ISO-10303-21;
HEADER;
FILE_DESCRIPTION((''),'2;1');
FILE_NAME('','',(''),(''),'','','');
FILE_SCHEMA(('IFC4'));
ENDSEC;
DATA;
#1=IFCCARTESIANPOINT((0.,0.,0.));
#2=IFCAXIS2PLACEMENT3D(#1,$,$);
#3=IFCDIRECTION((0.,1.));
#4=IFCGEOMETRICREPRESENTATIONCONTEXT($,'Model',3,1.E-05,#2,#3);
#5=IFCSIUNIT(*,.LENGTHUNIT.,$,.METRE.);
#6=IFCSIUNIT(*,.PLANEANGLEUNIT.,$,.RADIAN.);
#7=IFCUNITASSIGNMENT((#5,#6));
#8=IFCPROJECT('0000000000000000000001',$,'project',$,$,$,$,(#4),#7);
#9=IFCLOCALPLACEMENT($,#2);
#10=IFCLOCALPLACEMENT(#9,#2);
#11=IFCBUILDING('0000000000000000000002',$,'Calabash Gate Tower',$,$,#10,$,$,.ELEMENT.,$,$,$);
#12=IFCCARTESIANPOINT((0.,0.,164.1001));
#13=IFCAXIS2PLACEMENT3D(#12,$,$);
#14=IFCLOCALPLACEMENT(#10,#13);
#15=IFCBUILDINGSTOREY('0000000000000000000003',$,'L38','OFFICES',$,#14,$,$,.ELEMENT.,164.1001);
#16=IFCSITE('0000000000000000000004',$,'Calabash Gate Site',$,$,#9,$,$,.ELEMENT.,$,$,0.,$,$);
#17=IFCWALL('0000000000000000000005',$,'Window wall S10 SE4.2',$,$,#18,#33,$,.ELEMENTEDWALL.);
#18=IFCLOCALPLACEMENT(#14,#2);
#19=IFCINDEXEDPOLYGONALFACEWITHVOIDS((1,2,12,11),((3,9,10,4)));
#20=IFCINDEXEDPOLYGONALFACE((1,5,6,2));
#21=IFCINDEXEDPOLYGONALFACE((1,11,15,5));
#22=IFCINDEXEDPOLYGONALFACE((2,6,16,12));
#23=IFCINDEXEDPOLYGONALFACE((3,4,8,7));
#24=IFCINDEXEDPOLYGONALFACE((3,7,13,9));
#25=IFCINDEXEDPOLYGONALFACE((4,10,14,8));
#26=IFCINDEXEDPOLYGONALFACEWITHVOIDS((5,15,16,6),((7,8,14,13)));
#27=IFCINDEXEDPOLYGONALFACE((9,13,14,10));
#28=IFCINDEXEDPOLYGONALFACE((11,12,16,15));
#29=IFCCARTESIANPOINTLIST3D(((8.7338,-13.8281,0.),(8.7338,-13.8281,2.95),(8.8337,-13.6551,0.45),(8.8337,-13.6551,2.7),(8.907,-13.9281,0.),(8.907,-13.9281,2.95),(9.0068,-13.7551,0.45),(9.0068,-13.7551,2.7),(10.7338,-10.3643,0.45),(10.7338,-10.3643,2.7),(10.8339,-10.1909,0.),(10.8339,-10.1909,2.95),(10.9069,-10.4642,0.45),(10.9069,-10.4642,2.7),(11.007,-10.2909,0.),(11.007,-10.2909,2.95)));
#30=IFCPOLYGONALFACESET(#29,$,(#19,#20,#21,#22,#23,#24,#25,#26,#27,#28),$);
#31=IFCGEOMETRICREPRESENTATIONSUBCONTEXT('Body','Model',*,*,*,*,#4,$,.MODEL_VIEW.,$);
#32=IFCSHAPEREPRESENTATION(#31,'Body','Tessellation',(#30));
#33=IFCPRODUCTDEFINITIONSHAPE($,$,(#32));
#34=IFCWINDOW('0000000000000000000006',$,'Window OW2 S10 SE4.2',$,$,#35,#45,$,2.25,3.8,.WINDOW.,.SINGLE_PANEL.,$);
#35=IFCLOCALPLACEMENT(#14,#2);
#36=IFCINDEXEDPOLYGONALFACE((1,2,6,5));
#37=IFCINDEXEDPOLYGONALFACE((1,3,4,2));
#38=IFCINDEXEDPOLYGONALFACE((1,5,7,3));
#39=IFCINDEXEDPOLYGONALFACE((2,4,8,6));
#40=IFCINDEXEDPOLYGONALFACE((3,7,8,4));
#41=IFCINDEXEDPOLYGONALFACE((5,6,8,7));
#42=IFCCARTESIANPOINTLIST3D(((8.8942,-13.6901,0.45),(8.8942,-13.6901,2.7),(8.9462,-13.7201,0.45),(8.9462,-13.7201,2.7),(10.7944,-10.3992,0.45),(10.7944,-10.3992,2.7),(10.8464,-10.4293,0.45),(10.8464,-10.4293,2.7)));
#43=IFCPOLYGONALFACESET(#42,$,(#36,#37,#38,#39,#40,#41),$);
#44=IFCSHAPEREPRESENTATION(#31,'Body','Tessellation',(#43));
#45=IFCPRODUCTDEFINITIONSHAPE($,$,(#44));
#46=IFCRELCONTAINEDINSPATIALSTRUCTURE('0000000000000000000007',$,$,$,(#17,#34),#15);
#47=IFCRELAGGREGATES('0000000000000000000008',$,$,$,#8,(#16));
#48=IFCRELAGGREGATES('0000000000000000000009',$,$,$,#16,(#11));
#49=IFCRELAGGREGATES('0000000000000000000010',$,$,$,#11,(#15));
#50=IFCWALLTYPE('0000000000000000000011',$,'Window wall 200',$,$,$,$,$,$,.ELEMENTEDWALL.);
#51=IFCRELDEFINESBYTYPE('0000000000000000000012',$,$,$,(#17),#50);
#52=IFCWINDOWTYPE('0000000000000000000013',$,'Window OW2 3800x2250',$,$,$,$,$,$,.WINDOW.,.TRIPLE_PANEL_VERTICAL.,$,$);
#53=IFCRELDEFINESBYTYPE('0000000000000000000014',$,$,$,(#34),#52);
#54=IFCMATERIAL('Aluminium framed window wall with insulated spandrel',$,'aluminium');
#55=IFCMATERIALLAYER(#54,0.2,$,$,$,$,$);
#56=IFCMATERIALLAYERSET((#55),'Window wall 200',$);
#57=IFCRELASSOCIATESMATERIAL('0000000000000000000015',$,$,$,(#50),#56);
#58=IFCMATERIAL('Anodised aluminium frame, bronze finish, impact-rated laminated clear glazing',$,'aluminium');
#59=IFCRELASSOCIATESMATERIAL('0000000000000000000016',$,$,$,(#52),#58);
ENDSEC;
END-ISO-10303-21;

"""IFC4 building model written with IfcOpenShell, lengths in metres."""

from ifc_helpers import new_model, si_unit, direction, frame, frame_2d, origin, place, context, subcontext, project, spatial, rectangle, extrude, material, layer, layer_set, type_object, element, fill, save


model = new_model("IFC4")

# Units and contexts
model_context = context("Model", 3, precision=1e-05, world=origin(), true_north=direction((0.0, 1.0)))
body_context = subcontext(model_context, "Body", "Model", "MODEL_VIEW")
ifc_project = project(units=[si_unit("LENGTHUNIT", "METRE"), si_unit("PLANEANGLEUNIT", "RADIAN")], contexts=[model_context])

# Site, building, storey
site_placement = place(None, origin())
site = spatial("IfcSite", under=ifc_project, at=site_placement, Name="Calabash Gate Site", CompositionType="ELEMENT", RefElevation=0.0)
building_placement = place(site_placement, origin())
building = spatial("IfcBuilding", under=site, at=building_placement, Name="Calabash Gate Tower", CompositionType="ELEMENT")
storey_placement = place(building_placement, frame((0.0, 0.0, 164.1001)))
storey = spatial("IfcBuildingStorey", under=building, at=storey_placement, Name="L38", Description="OFFICES", CompositionType="ELEMENT", Elevation=164.1001)

# Shared definitions
ifc_material_1 = material(Name="Aluminium framed window wall with insulated spandrel", Category="aluminium")
ifc_layer_1 = layer(ifc_material_1, 0.2)
ifc_layer_set_1 = layer_set([ifc_layer_1], Name="Window wall 200")
wall_type_1 = type_object("IfcWallType", Name="Window wall 200", PredefinedType="ELEMENTEDWALL", material=ifc_layer_set_1)

# Wall, opening, window
wall_1_placement = place(storey_placement, frame((8.8203, -13.8782, 0.0), z_axis=(0.0, 0.0, 1.0), x_axis=(0.500028, 0.866009, 0.0)))
wall_1 = element("IfcWall", 1, at=wall_1_placement, inside=storey, type_object=wall_type_1, Name="Window wall S10 SE4.2", PredefinedType="ELEMENTEDWALL", context=body_context, shape_type="SweptSolid", body=[
    extrude(rectangle(XDim=4.2, YDim=0.2, at=frame_2d((2.1001, 0.0))), origin(), (0.0, 0.0, 1.0), 2.95),
])
opening_1_placement = place(wall_1_placement, frame((0.2, 0.0, 0.45)))
opening_1 = element("IfcOpeningElement", 2, at=opening_1_placement, cuts=wall_1, PredefinedType="OPENING", context=body_context, shape_type="SweptSolid", body=[
    extrude(rectangle(XDim=3.8, YDim=2.25, at=frame_2d((1.8999, 1.125))), frame((0.0, 0.1099, 0.0), z_axis=(0.0, -1.0, 0.0), x_axis=(1.0, 0.0, 0.0)), (0.0, 0.0, 1.0), 0.22),
])
ifc_material_2 = material(Name="Anodised aluminium frame, bronze finish, impact-rated laminated clear glazing", Category="aluminium")
window_type_1 = type_object("IfcWindowType", Name="Window OW2 3800x2250", PartitioningType="TRIPLE_PANEL_VERTICAL", PredefinedType="WINDOW", material=ifc_material_2)
window_1_placement = place(opening_1_placement, origin())
window_1 = element("IfcWindow", 3, at=window_1_placement, inside=storey, type_object=window_type_1, Name="Window OW2 S10 SE4.2", OverallHeight=2.25, OverallWidth=3.8, PartitioningType="SINGLE_PANEL", PredefinedType="WINDOW", context=body_context, shape_type="SweptSolid", body=[
    extrude(rectangle(XDim=3.8, YDim=2.25, at=frame_2d((1.8999, 1.125))), frame((0.0, 0.03, 0.0), z_axis=(0.0, -1.0, 0.0), x_axis=(1.0, 0.0, 0.0)), (0.0, 0.0, 1.0), 0.0601),
])
fill(opening_1, window_1)

save(model, "model.ifc")
